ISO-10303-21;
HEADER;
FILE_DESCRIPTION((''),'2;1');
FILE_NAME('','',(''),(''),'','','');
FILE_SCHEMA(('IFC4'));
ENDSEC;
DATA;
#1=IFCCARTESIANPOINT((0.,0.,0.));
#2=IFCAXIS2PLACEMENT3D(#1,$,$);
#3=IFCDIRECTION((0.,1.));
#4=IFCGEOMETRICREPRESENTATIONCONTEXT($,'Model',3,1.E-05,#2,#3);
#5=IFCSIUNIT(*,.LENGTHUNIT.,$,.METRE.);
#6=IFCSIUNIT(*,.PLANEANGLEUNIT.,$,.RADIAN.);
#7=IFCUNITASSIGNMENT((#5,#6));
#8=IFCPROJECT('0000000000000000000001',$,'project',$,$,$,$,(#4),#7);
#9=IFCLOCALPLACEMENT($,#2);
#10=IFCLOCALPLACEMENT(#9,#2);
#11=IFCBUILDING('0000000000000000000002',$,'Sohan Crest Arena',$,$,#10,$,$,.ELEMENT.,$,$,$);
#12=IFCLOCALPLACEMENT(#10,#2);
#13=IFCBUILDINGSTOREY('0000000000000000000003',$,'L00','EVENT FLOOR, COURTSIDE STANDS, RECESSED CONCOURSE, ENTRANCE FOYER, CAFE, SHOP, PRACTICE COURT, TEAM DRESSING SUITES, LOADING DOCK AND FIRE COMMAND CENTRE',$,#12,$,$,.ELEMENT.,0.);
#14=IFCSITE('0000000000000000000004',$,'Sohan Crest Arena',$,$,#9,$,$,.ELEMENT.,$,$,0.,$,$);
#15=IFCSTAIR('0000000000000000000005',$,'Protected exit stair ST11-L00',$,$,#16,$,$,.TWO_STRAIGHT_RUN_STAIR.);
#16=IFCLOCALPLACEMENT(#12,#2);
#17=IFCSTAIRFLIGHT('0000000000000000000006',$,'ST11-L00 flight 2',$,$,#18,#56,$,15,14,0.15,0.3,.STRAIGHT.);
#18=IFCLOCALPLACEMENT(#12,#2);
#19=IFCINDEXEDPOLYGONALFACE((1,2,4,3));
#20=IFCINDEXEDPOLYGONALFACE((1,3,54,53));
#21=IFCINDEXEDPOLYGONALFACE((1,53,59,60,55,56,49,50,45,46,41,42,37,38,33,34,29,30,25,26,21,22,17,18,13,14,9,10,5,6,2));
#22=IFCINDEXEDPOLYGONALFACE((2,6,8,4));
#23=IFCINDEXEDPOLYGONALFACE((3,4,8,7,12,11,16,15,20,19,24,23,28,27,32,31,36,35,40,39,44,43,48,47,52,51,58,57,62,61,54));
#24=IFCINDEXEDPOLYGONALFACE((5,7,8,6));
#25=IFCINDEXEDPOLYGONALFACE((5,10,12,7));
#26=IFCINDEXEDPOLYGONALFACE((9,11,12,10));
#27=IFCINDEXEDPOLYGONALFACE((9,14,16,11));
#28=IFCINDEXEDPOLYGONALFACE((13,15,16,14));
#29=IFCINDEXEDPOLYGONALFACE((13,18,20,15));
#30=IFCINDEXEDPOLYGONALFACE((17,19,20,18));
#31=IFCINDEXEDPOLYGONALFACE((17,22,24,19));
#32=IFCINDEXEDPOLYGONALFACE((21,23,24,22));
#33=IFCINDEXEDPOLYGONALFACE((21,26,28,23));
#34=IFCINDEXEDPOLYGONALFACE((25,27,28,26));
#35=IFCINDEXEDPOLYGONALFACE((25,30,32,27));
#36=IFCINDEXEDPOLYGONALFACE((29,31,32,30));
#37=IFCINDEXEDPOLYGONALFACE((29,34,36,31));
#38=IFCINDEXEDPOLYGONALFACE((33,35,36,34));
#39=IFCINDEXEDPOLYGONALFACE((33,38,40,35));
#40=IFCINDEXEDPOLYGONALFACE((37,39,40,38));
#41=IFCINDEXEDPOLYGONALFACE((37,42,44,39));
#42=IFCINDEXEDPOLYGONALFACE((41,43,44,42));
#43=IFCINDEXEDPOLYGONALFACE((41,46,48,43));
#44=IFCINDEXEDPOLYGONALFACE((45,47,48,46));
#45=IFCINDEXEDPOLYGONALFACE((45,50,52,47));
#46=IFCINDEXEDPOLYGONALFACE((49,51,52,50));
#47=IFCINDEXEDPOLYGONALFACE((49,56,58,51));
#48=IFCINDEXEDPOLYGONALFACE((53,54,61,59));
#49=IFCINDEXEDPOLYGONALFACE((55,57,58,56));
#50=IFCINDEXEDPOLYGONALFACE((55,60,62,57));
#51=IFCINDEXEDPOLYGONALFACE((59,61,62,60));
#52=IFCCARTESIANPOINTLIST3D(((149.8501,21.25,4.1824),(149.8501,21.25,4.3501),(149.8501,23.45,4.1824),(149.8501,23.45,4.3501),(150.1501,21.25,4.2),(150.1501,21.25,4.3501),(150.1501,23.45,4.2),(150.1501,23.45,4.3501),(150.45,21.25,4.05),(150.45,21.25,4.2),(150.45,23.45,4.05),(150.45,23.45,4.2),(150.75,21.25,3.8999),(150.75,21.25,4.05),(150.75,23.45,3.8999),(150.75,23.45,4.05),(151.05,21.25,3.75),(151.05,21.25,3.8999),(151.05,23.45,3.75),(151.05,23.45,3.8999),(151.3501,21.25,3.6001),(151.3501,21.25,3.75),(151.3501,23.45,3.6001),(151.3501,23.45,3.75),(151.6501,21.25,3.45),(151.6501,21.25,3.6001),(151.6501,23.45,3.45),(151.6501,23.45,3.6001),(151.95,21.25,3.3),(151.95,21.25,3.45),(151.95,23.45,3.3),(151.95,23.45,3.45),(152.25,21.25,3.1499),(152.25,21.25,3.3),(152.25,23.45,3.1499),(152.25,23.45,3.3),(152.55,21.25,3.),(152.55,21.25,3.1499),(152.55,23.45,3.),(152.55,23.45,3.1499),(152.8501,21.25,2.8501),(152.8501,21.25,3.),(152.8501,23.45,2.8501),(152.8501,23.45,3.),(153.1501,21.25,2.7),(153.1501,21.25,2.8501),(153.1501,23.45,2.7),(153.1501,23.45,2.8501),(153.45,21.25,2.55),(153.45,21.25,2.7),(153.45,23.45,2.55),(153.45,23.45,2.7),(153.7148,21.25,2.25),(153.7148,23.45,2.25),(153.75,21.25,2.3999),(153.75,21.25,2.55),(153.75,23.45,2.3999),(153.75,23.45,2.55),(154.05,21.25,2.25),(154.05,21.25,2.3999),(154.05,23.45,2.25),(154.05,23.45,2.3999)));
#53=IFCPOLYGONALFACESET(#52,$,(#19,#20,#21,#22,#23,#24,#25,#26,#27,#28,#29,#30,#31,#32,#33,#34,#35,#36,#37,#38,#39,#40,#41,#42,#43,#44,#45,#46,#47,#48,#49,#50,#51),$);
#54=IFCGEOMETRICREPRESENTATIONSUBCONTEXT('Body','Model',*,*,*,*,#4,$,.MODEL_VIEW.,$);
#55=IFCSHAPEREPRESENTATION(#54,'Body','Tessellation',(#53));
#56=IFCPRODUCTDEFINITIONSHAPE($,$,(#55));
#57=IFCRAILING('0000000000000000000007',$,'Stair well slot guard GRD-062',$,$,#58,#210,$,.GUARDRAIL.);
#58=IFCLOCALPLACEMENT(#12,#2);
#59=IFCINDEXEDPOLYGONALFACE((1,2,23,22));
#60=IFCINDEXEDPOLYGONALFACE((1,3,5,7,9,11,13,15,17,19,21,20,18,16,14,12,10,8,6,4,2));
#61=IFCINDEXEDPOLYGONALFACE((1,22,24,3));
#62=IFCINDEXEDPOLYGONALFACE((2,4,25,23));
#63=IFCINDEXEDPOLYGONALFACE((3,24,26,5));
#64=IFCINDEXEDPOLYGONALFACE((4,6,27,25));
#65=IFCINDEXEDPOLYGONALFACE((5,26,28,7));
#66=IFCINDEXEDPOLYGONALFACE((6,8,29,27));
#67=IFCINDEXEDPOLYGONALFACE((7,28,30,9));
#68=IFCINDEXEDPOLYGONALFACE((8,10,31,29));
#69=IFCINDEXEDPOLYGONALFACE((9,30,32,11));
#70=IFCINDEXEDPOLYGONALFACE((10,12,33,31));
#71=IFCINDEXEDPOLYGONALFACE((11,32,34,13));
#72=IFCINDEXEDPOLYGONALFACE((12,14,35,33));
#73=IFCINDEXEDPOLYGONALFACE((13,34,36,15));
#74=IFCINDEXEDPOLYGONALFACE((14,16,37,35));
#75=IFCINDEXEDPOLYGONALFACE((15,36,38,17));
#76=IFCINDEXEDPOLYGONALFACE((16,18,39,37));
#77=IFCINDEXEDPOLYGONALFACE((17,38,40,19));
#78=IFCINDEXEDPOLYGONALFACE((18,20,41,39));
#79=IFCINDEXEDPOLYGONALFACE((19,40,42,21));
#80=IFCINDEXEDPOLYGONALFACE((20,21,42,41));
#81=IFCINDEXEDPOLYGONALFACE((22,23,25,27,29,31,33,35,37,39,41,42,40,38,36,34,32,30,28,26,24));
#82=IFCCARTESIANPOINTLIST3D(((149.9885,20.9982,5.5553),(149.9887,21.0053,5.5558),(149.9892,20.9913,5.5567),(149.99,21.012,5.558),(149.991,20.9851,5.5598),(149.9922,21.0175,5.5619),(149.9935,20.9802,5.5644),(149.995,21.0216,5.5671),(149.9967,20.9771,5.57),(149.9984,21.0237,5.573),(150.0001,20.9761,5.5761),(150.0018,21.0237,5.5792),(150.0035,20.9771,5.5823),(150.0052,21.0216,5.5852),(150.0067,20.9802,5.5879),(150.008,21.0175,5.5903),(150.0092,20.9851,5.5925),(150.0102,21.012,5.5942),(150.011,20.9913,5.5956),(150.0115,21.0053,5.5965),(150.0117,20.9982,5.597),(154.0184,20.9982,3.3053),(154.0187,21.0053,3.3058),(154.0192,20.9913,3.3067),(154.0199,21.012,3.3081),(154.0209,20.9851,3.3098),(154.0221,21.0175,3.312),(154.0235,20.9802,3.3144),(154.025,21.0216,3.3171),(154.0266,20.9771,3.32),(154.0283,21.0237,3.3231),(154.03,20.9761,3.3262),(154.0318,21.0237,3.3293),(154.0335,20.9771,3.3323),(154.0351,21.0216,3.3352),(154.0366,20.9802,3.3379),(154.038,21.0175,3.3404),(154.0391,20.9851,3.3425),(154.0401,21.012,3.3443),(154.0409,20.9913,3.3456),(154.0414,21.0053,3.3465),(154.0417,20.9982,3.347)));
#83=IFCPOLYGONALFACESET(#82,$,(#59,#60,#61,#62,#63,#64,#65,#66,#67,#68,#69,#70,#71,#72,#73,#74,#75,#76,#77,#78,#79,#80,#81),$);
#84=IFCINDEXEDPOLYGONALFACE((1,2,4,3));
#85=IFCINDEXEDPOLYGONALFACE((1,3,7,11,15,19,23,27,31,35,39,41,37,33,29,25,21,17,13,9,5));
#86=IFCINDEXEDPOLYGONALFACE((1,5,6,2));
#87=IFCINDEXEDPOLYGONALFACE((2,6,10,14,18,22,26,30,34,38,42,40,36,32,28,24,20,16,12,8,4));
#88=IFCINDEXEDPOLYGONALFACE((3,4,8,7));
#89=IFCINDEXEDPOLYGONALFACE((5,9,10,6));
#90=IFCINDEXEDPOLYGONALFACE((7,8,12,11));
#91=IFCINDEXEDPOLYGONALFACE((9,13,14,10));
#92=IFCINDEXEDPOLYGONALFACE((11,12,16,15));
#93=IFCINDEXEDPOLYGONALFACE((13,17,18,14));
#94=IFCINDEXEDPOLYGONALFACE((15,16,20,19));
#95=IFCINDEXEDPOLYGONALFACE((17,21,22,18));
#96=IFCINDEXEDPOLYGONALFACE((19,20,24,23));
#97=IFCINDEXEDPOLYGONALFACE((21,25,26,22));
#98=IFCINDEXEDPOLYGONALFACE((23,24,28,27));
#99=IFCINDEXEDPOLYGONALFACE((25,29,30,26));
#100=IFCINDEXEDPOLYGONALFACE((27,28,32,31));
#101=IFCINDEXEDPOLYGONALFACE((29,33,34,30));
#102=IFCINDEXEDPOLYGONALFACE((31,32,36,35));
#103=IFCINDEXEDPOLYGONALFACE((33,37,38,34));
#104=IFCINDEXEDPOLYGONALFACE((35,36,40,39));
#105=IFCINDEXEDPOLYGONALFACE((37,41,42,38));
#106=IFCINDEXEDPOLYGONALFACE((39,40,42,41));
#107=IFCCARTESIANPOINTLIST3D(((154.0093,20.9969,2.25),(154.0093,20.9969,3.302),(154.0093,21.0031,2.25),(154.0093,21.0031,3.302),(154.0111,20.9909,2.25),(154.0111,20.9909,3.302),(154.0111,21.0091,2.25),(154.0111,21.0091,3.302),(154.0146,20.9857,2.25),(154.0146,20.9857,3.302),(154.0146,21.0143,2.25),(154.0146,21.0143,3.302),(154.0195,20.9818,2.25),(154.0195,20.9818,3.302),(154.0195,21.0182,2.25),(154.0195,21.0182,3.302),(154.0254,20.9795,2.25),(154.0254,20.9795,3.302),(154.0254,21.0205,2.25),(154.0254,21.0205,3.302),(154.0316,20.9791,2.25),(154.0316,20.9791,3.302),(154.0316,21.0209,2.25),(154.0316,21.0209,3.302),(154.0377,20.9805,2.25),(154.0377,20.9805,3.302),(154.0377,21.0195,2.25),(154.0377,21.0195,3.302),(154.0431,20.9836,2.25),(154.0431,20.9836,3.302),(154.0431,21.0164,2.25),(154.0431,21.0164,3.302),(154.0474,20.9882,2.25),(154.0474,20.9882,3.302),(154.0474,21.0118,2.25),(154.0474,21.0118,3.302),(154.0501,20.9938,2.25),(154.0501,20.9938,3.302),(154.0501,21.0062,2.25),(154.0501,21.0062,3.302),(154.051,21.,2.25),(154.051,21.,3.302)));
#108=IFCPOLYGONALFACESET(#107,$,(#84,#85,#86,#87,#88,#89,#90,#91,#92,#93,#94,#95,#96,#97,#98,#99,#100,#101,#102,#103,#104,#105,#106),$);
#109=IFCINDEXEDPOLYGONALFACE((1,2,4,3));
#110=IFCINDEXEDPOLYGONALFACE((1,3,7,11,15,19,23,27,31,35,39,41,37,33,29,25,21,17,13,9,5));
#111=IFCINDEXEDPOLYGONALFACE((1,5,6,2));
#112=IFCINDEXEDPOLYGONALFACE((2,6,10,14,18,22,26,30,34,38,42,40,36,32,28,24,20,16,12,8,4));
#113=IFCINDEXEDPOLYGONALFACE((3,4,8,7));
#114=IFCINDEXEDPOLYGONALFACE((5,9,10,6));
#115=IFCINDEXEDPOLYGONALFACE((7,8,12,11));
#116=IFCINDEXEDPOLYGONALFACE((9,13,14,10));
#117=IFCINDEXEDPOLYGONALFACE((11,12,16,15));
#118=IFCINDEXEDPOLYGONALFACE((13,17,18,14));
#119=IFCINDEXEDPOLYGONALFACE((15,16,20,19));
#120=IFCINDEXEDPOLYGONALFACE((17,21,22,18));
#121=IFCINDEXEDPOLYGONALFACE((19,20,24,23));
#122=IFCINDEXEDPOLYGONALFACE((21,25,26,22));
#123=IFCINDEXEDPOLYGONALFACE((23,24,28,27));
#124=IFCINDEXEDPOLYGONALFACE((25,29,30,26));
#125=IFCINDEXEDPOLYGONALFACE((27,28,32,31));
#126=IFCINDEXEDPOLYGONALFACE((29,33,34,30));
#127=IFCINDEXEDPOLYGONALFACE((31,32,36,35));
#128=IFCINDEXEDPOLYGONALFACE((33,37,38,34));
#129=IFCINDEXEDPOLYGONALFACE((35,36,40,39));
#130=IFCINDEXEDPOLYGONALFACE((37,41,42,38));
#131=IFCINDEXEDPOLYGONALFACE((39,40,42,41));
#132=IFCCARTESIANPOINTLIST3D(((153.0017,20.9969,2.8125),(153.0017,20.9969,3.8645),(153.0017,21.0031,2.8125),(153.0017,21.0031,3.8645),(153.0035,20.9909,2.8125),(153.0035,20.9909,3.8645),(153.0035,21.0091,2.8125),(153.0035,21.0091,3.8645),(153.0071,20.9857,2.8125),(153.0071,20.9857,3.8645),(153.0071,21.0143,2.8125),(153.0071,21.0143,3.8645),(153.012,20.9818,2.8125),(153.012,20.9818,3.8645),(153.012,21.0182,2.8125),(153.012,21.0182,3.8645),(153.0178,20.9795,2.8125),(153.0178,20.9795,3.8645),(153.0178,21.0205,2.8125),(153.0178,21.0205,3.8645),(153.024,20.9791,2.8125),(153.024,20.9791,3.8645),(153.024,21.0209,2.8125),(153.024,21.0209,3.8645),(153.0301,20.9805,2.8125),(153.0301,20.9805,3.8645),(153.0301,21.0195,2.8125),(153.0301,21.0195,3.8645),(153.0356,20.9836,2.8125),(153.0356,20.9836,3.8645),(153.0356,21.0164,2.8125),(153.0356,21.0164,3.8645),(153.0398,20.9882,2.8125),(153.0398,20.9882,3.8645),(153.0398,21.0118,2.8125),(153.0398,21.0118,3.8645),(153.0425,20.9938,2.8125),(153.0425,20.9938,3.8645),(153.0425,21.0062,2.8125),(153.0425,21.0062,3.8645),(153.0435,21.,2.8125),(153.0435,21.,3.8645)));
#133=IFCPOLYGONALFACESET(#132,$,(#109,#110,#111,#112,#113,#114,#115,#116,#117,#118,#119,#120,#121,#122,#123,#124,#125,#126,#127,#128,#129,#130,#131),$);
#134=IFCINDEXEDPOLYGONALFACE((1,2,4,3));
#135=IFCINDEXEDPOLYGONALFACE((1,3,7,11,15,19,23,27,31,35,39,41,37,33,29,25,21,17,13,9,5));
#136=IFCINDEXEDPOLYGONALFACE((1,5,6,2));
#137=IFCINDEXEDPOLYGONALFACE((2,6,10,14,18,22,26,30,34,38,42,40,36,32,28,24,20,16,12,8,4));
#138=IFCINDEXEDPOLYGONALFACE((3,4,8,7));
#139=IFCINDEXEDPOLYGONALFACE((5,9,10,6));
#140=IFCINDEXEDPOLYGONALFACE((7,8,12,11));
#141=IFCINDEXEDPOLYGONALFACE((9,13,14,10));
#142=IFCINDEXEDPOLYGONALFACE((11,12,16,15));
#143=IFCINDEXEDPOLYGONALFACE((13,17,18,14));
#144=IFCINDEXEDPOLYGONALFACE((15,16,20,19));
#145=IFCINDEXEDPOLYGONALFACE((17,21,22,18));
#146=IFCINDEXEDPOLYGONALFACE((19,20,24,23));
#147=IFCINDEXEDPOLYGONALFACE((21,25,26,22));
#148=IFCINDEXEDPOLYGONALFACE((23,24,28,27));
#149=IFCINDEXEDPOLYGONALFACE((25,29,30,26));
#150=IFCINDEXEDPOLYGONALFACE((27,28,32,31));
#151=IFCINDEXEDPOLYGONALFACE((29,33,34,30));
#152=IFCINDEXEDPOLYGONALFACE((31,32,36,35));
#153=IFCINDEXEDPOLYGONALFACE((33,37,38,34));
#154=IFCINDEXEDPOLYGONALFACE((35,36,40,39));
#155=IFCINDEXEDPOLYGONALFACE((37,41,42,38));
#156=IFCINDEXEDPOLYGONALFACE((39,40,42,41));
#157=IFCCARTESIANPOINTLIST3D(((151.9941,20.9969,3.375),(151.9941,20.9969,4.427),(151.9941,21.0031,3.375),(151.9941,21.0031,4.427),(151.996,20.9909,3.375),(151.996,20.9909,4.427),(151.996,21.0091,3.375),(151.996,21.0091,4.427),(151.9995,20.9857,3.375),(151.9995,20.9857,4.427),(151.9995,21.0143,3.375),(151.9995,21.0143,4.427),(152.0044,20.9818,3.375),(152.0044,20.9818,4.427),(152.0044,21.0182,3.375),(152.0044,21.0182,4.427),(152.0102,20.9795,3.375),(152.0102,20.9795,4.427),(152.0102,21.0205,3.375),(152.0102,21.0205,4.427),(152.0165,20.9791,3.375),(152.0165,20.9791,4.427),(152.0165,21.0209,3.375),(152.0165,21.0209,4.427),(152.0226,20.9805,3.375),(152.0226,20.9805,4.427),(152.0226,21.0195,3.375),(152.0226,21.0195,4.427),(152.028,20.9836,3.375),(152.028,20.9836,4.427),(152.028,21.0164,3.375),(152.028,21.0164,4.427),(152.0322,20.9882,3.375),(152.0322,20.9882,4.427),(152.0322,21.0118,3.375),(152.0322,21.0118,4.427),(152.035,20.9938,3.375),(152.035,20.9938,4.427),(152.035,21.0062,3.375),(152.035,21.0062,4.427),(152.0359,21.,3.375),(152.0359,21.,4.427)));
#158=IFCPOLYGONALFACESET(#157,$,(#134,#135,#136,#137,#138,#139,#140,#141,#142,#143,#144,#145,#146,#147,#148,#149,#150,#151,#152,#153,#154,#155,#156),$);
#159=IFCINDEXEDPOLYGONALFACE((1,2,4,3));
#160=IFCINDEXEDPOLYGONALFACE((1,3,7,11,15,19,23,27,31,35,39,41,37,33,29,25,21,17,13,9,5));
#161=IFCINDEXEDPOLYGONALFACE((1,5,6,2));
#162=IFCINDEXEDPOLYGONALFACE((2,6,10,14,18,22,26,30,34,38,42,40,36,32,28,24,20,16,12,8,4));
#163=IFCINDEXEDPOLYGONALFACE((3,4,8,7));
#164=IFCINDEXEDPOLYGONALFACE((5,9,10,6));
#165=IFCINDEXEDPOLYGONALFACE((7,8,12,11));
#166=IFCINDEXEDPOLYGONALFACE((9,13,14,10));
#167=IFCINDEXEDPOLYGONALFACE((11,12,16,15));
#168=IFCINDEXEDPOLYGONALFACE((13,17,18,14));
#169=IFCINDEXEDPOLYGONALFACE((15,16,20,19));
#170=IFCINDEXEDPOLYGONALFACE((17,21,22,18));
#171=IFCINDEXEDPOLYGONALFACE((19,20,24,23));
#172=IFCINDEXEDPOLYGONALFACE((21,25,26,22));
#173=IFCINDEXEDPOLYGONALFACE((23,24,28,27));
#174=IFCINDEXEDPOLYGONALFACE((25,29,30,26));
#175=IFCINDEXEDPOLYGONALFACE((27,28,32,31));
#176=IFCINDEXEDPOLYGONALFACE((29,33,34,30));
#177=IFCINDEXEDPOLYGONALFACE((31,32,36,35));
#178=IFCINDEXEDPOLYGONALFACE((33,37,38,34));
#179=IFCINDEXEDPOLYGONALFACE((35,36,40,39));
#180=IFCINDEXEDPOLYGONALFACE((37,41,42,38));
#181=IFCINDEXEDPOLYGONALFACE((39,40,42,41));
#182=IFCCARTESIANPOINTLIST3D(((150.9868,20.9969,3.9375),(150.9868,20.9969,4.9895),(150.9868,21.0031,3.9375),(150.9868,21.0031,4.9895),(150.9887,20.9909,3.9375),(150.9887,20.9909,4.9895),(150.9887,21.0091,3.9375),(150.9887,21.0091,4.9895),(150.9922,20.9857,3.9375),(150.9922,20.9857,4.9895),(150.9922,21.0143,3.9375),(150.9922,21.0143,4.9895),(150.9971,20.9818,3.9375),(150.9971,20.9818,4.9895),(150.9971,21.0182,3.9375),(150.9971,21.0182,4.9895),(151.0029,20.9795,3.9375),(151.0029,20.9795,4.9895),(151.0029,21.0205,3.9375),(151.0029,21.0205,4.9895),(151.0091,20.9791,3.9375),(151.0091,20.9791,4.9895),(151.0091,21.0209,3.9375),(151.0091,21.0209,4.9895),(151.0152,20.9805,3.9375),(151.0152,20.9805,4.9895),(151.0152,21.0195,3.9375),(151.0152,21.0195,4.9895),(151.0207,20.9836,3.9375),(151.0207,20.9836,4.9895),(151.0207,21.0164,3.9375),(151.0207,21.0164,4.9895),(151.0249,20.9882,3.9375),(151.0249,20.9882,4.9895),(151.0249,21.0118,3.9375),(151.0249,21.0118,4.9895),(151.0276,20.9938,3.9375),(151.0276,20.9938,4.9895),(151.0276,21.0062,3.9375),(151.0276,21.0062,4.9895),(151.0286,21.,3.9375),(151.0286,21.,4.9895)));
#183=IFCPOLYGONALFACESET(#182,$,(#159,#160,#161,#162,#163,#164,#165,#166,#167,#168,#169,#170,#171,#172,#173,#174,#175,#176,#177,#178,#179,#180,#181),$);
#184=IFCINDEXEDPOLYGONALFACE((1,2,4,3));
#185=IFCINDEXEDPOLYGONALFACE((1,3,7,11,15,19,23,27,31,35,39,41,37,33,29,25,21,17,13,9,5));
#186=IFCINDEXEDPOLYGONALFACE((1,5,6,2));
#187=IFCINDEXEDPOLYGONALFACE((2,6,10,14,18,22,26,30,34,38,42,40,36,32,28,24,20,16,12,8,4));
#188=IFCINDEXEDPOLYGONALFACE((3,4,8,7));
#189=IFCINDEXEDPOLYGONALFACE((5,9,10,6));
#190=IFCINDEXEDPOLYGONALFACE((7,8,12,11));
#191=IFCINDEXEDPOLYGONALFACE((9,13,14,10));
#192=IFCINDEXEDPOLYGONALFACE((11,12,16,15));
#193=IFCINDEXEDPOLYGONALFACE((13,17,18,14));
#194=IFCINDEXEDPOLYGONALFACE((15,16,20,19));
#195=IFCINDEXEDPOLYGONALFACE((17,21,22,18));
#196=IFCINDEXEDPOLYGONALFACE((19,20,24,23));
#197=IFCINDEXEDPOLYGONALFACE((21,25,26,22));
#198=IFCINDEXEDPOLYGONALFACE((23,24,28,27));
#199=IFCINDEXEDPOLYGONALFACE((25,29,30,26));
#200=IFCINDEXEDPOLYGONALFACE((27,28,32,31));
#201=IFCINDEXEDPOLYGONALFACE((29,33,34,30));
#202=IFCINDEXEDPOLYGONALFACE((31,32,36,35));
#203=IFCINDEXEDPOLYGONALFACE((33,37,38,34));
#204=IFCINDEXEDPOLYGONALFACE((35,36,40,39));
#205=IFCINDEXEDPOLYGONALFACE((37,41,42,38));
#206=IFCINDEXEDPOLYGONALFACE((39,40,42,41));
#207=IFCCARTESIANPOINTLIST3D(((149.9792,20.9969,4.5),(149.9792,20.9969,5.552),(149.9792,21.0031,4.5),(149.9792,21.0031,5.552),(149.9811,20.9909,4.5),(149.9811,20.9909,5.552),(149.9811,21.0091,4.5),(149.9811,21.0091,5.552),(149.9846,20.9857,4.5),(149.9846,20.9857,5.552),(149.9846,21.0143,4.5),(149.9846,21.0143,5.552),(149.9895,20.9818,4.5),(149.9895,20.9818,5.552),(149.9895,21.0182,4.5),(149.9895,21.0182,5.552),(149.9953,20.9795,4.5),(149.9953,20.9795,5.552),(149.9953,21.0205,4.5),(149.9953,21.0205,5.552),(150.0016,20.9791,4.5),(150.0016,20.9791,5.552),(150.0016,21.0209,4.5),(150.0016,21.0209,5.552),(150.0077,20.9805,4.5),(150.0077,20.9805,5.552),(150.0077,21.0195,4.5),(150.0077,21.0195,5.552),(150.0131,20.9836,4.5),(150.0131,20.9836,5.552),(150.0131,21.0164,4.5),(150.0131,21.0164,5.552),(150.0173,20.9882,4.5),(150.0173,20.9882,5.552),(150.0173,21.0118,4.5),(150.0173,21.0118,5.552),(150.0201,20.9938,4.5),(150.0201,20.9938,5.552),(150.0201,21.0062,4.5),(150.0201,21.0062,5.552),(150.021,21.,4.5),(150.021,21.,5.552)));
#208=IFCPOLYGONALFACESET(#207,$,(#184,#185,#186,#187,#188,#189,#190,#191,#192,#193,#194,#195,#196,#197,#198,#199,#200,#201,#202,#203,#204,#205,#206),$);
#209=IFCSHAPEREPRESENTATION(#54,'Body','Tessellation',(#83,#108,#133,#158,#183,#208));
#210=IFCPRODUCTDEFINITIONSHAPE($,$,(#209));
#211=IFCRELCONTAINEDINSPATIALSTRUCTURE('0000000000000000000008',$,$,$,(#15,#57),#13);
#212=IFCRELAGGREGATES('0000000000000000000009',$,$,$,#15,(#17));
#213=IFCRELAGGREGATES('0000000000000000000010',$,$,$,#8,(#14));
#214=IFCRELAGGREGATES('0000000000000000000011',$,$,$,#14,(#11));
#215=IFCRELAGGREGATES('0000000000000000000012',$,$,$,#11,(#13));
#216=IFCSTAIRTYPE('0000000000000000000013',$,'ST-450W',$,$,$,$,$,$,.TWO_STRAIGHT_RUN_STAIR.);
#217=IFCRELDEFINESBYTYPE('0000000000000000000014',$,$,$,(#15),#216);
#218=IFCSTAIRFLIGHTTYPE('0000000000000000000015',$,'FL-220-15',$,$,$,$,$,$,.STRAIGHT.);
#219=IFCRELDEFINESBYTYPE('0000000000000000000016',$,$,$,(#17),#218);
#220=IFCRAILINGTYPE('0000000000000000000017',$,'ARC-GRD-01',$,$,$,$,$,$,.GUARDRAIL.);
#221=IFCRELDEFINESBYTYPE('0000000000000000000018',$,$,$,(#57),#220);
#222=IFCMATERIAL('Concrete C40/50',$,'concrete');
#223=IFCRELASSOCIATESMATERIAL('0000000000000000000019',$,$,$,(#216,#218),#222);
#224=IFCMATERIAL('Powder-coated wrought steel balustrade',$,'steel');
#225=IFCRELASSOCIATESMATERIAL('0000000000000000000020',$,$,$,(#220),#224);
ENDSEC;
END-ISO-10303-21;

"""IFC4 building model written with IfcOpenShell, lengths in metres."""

from ifc_helpers import new_model, si_unit, direction, frame, origin, origin_2d, place, context, subcontext, project, spatial, polyline, circle, outline, extrude, material, type_object, element, aggregate, save


model = new_model("IFC4")

# Units and contexts
model_context = context("Model", 3, precision=1e-05, world=origin(), true_north=direction((0.0, 1.0)))
body_context = subcontext(model_context, "Body", "Model", "MODEL_VIEW")
ifc_project = project(units=[si_unit("LENGTHUNIT", "METRE"), si_unit("PLANEANGLEUNIT", "RADIAN")], contexts=[model_context])

# Site, building, storey
site_placement = place(None, origin())
site = spatial("IfcSite", under=ifc_project, at=site_placement, Name="Sohan Crest Arena", CompositionType="ELEMENT", RefElevation=0.0)
building_placement = place(site_placement, origin())
building = spatial("IfcBuilding", under=site, at=building_placement, Name="Sohan Crest Arena", CompositionType="ELEMENT")
storey_placement = place(building_placement, origin())
storey = spatial("IfcBuildingStorey", under=building, at=storey_placement, Name="L00", Description="EVENT FLOOR, COURTSIDE STANDS, RECESSED CONCOURSE, ENTRANCE FOYER, CAFE, SHOP, PRACTICE COURT, TEAM DRESSING SUITES, LOADING DOCK AND FIRE COMMAND CENTRE", CompositionType="ELEMENT", Elevation=0.0)

# Shared definitions
ifc_material_1 = material(Name="Concrete C40/50", Category="concrete")

# Stair, stair flight
stair_type = type_object("IfcStairType", Name="ST-450W", PredefinedType="TWO_STRAIGHT_RUN_STAIR", material=ifc_material_1)
stair_placement = place(storey_placement, origin())
stair = element("IfcStair", 1, at=stair_placement, inside=storey, type_object=stair_type, Name="Protected exit stair ST11-L00", PredefinedType="TWO_STRAIGHT_RUN_STAIR")
stair_flight_type = type_object("IfcStairFlightType", Name="FL-220-15", PredefinedType="STRAIGHT", material=ifc_material_1)
stair_flight_1_placement = place(storey_placement, frame((154.05, 22.3501, 2.25), z_axis=(0.0, 0.0, 1.0), x_axis=(-1.0, 0.0, 0.0)))
stair_flight_1 = element("IfcStairFlight", 2, at=stair_flight_1_placement, type_object=stair_flight_type, Name="ST11-L00 flight 2", NumberOfRisers=15, NumberOfTreads=14, PredefinedType="STRAIGHT", RiserHeight=0.15, TreadLength=0.3, context=body_context, shape_type="SweptSolid", body=[
    extrude(outline(polyline([(0.0, 0.0), (0.0, 0.1499), (0.3, 0.1499), (0.3, 0.3), (0.6001, 0.3), (0.6001, 0.45), (0.8999, 0.45), (0.8999, 0.6001), (1.2, 0.6001), (1.2, 0.75), (1.5, 0.75), (1.5, 0.8999), (1.8, 0.8999), (1.8, 1.05), (2.1001, 1.05), (2.1001, 1.2), (2.3999, 1.2), (2.3999, 1.3501), (2.7, 1.3501), (2.7, 1.5), (3.0, 1.5), (3.0, 1.6499), (3.3, 1.6499), (3.3, 1.8), (3.6001, 1.8), (3.6001, 1.95), (3.8999, 1.95), (3.8999, 2.1001), (4.2, 2.1001), (4.2, 2.25), (4.2, 1.9324), (0.3352, 0.0), (0.0, 0.0)])), frame((0.0, 1.1001, 0.0), z_axis=(0.0, -1.0, 0.0), x_axis=(1.0, 0.0, 0.0)), (0.0, 0.0, 1.0), 2.2),
])
aggregate(stair, [stair_flight_1])

# Railing
ifc_material_2 = material(Name="Powder-coated wrought steel balustrade", Category="steel")
railing_type_1 = type_object("IfcRailingType", Name="ARC-GRD-01", PredefinedType="GUARDRAIL", material=ifc_material_2)
railing_1_placement = place(storey_placement, frame((154.03, 21.0, 2.25)))
element("IfcRailing", 3, at=railing_1_placement, inside=storey, type_object=railing_type_1, Name="Stair well slot guard GRD-062", PredefinedType="GUARDRAIL", context=body_context, shape_type="SweptSolid", body=[
    extrude(circle(Radius=0.0239, at=origin_2d()), frame((0.0, 0.0, 1.0762), z_axis=(-0.873135, 0.0, 0.487479), x_axis=(0.0, -1.0, 0.0)), (0.0, 0.0, 1.0), 4.6155),
    extrude(circle(Radius=0.021, at=origin_2d()), origin(), (0.0, 0.0, 1.0), 1.052),
    extrude(circle(Radius=0.021, at=origin_2d()), frame((-1.0076, 0.0, 0.5625)), (0.0, 0.0, 1.0), 1.052),
    extrude(circle(Radius=0.021, at=origin_2d()), frame((-2.0151, 0.0, 1.125)), (0.0, 0.0, 1.0), 1.052),
    extrude(circle(Radius=0.021, at=origin_2d()), frame((-3.0225, 0.0, 1.6875)), (0.0, 0.0, 1.0), 1.052),
    extrude(circle(Radius=0.021, at=origin_2d()), frame((-4.03, 0.0, 2.25)), (0.0, 0.0, 1.0), 1.052),
])

save(model, "model.ifc")
